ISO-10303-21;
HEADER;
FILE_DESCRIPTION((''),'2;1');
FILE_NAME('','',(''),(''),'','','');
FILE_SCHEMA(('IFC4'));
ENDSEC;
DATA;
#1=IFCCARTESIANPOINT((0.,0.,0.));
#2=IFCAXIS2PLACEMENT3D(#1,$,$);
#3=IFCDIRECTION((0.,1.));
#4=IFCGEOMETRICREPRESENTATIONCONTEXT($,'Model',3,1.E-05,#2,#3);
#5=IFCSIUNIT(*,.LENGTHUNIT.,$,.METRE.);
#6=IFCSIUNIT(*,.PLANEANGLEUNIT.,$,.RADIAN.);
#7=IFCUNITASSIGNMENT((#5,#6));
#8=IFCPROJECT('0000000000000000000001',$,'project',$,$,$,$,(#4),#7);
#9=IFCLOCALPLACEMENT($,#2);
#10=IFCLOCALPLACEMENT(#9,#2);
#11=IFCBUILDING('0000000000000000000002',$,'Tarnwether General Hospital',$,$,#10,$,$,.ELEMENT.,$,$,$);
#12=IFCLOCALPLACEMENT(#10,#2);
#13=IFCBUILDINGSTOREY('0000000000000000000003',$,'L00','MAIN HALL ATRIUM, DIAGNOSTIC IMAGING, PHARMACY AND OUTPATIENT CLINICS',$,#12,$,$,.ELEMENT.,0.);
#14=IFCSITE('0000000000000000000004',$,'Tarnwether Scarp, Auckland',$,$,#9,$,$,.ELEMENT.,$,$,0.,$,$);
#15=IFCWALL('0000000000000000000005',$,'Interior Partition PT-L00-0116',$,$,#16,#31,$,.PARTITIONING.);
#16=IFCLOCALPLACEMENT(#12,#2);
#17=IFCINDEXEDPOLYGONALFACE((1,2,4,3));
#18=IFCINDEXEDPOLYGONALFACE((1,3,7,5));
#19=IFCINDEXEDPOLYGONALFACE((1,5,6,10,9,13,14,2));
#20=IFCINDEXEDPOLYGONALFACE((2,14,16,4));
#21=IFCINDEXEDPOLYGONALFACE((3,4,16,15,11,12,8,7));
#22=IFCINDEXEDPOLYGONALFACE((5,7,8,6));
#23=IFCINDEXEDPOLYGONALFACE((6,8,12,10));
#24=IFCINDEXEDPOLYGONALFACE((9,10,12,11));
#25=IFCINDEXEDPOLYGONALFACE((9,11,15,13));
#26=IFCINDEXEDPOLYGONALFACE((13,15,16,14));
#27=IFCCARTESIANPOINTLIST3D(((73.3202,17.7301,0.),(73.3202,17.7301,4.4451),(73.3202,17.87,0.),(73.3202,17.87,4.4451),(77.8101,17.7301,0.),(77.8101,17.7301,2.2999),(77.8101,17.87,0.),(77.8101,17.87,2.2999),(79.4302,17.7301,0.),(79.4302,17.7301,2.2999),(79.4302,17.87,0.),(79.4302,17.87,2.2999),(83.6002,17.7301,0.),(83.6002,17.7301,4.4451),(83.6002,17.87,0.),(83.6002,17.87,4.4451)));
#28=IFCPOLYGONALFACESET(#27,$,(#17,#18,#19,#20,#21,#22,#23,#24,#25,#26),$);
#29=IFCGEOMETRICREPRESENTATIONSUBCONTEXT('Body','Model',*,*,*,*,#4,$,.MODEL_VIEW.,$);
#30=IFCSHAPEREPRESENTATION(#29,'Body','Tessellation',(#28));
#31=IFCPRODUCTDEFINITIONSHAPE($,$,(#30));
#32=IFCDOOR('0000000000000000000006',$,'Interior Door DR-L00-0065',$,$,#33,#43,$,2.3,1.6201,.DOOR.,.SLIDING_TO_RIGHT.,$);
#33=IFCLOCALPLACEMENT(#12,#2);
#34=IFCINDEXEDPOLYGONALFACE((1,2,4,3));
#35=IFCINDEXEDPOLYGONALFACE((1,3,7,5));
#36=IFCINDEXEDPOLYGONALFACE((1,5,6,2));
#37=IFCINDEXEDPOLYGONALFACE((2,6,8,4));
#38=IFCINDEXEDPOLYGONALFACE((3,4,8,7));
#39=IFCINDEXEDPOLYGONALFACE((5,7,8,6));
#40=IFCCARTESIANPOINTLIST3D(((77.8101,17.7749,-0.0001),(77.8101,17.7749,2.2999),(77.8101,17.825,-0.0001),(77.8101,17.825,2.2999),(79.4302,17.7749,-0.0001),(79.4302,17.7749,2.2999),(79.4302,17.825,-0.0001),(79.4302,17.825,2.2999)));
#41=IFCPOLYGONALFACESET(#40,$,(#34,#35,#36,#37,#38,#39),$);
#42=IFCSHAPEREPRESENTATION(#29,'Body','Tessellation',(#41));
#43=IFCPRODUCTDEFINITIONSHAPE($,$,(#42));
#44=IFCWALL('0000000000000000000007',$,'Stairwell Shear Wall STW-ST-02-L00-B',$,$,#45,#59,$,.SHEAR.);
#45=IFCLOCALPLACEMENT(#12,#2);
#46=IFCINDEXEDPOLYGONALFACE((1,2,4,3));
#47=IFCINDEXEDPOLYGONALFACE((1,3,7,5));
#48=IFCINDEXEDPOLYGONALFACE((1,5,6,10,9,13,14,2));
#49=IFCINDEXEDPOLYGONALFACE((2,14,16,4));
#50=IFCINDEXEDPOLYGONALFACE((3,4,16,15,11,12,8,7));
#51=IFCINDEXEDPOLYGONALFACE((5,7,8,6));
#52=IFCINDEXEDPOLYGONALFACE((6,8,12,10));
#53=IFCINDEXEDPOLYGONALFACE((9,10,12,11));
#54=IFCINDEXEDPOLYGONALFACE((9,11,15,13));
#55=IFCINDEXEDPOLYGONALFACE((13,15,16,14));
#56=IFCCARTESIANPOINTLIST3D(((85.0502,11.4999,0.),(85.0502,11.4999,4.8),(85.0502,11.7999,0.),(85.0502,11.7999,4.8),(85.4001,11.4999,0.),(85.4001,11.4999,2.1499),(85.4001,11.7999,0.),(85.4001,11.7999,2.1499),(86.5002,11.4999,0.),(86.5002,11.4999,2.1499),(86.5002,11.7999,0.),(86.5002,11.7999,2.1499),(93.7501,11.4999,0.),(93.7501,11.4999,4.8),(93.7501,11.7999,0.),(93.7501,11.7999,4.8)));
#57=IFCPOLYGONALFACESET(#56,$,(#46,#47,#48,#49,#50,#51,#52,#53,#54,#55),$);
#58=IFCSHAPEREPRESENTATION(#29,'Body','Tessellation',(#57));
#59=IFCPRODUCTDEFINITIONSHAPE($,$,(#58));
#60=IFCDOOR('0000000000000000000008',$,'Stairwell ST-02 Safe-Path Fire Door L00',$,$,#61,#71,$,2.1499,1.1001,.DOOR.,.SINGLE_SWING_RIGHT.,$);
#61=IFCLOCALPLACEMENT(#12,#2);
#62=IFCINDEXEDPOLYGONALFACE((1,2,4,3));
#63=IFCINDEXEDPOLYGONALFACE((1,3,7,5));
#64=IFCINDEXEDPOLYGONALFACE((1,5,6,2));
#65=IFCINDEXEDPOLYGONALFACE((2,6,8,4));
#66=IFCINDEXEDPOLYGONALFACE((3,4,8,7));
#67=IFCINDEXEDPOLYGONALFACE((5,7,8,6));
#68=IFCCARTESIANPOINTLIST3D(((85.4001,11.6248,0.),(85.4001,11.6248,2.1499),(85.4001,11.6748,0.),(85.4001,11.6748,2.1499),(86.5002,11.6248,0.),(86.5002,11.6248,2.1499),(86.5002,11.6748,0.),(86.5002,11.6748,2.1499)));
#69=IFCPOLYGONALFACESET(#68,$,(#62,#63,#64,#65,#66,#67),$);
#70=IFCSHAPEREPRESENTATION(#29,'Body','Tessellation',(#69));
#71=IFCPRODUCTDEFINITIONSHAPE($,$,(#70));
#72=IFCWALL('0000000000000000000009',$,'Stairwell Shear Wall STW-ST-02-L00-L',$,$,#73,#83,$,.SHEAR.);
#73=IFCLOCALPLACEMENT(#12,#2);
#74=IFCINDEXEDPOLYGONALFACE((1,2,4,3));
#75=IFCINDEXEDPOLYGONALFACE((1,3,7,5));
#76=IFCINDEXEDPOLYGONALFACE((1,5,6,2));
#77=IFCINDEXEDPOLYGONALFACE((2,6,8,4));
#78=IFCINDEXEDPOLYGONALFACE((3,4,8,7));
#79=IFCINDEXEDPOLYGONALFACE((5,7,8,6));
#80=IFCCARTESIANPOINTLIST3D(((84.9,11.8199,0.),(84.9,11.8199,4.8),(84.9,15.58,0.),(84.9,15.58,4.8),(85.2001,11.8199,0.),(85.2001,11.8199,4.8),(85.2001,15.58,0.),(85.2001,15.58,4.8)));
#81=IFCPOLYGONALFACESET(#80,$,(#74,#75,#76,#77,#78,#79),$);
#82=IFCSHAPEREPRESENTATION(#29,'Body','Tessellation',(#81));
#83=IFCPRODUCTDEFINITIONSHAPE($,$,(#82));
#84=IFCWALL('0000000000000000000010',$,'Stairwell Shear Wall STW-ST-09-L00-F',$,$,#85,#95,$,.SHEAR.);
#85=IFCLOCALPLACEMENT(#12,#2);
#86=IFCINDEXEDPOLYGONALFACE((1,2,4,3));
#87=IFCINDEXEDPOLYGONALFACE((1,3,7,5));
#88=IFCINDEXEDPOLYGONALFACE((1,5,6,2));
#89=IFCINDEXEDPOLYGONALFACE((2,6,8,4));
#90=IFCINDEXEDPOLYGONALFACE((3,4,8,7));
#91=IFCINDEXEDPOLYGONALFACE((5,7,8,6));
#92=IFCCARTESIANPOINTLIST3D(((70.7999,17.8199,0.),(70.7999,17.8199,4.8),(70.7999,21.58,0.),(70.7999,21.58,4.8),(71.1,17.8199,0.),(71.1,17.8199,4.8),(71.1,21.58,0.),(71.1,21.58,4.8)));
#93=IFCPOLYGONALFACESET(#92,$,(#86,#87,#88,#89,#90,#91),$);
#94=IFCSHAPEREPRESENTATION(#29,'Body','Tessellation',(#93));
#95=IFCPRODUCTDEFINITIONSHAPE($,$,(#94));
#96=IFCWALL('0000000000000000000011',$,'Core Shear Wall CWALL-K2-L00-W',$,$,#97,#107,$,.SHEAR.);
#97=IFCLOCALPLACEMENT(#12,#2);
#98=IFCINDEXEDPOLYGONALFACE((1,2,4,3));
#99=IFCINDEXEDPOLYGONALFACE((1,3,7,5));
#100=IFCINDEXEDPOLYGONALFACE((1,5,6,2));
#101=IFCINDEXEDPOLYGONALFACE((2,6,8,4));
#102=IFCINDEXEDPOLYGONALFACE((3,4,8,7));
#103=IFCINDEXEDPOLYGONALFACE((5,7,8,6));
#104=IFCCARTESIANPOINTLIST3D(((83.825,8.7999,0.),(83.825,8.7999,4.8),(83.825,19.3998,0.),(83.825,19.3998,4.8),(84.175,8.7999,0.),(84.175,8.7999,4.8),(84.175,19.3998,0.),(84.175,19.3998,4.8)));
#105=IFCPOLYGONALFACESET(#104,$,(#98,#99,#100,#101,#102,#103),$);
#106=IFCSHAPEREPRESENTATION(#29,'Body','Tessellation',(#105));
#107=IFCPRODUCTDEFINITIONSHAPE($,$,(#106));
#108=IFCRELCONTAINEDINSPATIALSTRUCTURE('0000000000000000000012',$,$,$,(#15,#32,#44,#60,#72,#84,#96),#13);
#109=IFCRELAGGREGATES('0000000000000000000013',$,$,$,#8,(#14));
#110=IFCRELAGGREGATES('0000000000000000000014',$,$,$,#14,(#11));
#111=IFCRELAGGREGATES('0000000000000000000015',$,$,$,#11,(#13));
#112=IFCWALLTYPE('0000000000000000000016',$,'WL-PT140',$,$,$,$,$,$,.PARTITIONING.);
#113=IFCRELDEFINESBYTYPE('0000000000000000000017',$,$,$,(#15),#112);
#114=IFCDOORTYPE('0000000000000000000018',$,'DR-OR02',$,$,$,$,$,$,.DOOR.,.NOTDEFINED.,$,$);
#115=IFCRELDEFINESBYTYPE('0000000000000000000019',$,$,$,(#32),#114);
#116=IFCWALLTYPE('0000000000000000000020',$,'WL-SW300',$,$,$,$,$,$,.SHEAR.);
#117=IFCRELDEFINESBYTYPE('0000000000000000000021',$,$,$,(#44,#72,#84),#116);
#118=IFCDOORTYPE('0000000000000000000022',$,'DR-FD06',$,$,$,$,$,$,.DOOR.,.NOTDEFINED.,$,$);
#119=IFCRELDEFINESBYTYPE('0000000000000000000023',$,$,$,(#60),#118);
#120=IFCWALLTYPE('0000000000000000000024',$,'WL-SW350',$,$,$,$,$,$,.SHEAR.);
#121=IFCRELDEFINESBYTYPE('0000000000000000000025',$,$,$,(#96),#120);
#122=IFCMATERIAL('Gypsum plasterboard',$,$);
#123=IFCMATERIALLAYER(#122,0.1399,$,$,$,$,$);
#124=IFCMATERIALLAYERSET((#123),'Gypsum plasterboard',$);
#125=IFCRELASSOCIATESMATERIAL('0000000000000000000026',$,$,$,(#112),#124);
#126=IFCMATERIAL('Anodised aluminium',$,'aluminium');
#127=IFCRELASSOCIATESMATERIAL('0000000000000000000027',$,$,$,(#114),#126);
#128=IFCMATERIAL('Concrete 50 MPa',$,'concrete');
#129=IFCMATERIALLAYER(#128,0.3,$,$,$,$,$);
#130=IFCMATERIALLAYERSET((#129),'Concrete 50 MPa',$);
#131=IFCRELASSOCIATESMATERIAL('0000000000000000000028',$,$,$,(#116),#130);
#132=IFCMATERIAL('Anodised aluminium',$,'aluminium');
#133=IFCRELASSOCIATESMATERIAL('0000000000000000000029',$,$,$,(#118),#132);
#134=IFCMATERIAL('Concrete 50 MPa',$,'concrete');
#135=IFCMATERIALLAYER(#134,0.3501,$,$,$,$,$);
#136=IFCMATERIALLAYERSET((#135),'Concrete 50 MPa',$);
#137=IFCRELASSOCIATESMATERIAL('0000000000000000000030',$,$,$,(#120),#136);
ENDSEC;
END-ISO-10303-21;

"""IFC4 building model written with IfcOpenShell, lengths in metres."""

from ifc_helpers import new_model, si_unit, direction, frame, frame_2d, origin, place, context, subcontext, project, spatial, rectangle, extrude, material, layer, layer_set, type_object, element, fill, save


model = new_model("IFC4")

# Units and contexts
model_context = context("Model", 3, precision=1e-05, world=origin(), true_north=direction((0.0, 1.0)))
body_context = subcontext(model_context, "Body", "Model", "MODEL_VIEW")
ifc_project = project(units=[si_unit("LENGTHUNIT", "METRE"), si_unit("PLANEANGLEUNIT", "RADIAN")], contexts=[model_context])

# Site, building, storey
site_placement = place(None, origin())
site = spatial("IfcSite", under=ifc_project, at=site_placement, Name="Tarnwether Scarp, Auckland", CompositionType="ELEMENT", RefElevation=0.0)
building_placement = place(site_placement, origin())
building = spatial("IfcBuilding", under=site, at=building_placement, Name="Tarnwether General Hospital", CompositionType="ELEMENT")
storey_placement = place(building_placement, origin())
storey = spatial("IfcBuildingStorey", under=building, at=storey_placement, Name="L00", Description="MAIN HALL ATRIUM, DIAGNOSTIC IMAGING, PHARMACY AND OUTPATIENT CLINICS", CompositionType="ELEMENT", Elevation=0.0)

# Shared definitions
ifc_material_1 = material(Name="Gypsum plasterboard")
ifc_layer_1 = layer(ifc_material_1, 0.1399)
ifc_layer_set_1 = layer_set([ifc_layer_1], Name="Gypsum plasterboard")
wall_type_1 = type_object("IfcWallType", Name="WL-PT140", PredefinedType="PARTITIONING", material=ifc_layer_set_1)

# Walls, openings, doors
wall_1_placement = place(storey_placement, frame((73.3201, 17.8, 0.0), z_axis=(0.0, 0.0, 1.0), x_axis=(1.0, 0.0, 0.0)))
wall_1 = element("IfcWall", 1, at=wall_1_placement, inside=storey, type_object=wall_type_1, Name="Interior Partition PT-L00-0116", PredefinedType="PARTITIONING", context=body_context, shape_type="SweptSolid", body=[
    extrude(rectangle(XDim=10.28, YDim=0.1399, at=frame_2d((5.1401, 0.0))), origin(), (0.0, 0.0, 1.0), 4.4451),
])
opening_1_placement = place(wall_1_placement, frame((4.49, 0.0, 0.0)))
opening_1 = element("IfcOpeningElement", 2, at=opening_1_placement, cuts=wall_1, PredefinedType="OPENING", context=body_context, shape_type="SweptSolid", body=[
    extrude(rectangle(XDim=1.6201, YDim=2.3, at=frame_2d((0.8101, 1.1499))), frame((0.0, 0.0801, 0.0), z_axis=(0.0, -1.0, 0.0), x_axis=(1.0, 0.0, 0.0)), (0.0, 0.0, 1.0), 0.1599),
])
ifc_material_2 = material(Name="Anodised aluminium", Category="aluminium")
door_type_1 = type_object("IfcDoorType", Name="DR-OR02", OperationType="NOTDEFINED", PredefinedType="DOOR", material=ifc_material_2)
door_1_placement = place(opening_1_placement, origin())
door_1 = element("IfcDoor", 3, at=door_1_placement, inside=storey, type_object=door_type_1, Name="Interior Door DR-L00-0065", OperationType="SLIDING_TO_RIGHT", OverallHeight=2.3, OverallWidth=1.6201, PredefinedType="DOOR", context=body_context, shape_type="SweptSolid", body=[
    extrude(rectangle(XDim=1.6201, YDim=2.3, at=frame_2d((0.8101, 1.1499))), frame((0.0, 0.0249, 0.0), z_axis=(0.0, -1.0, 0.0), x_axis=(1.0, 0.0, 0.0)), (0.0, 0.0, 1.0), 0.05),
])
fill(opening_1, door_1)
ifc_material_3 = material(Name="Concrete 50 MPa", Category="concrete")
ifc_layer_2 = layer(ifc_material_3, 0.3)
ifc_layer_set_2 = layer_set([ifc_layer_2], Name="Concrete 50 MPa")
wall_type_2 = type_object("IfcWallType", Name="WL-SW300", PredefinedType="SHEAR", material=ifc_layer_set_2)
wall_2_placement = place(storey_placement, frame((85.05, 11.6499, 0.0), z_axis=(0.0, 0.0, 1.0), x_axis=(1.0, 0.0, 0.0)))
wall_2 = element("IfcWall", 4, at=wall_2_placement, inside=storey, type_object=wall_type_2, Name="Stairwell Shear Wall STW-ST-02-L00-B", PredefinedType="SHEAR", context=body_context, shape_type="SweptSolid", body=[
    extrude(rectangle(XDim=8.7, YDim=0.3, at=frame_2d((4.3501, 0.0))), origin(), (0.0, 0.0, 1.0), 4.8),
])
opening_2_placement = place(wall_2_placement, frame((0.3501, 0.0, 0.0)))
opening_2 = element("IfcOpeningElement", 5, at=opening_2_placement, cuts=wall_2, PredefinedType="OPENING", context=body_context, shape_type="SweptSolid", body=[
    extrude(rectangle(XDim=1.1001, YDim=2.1499, at=frame_2d((0.55, 1.075))), frame((0.0, 0.1602, 0.0), z_axis=(0.0, -1.0, 0.0), x_axis=(1.0, 0.0, 0.0)), (0.0, 0.0, 1.0), 0.3201),
])
ifc_material_4 = material(Name="Anodised aluminium", Category="aluminium")
door_type_2 = type_object("IfcDoorType", Name="DR-FD06", OperationType="NOTDEFINED", PredefinedType="DOOR", material=ifc_material_4)
door_2_placement = place(opening_2_placement, origin())
door_2 = element("IfcDoor", 6, at=door_2_placement, inside=storey, type_object=door_type_2, Name="Stairwell ST-02 Safe-Path Fire Door L00", OperationType="SINGLE_SWING_RIGHT", OverallHeight=2.1499, OverallWidth=1.1001, PredefinedType="DOOR", context=body_context, shape_type="SweptSolid", body=[
    extrude(rectangle(XDim=1.1001, YDim=2.1499, at=frame_2d((0.55, 1.075))), frame((0.0, 0.0249, 0.0), z_axis=(0.0, -1.0, 0.0), x_axis=(1.0, 0.0, 0.0)), (0.0, 0.0, 1.0), 0.05),
])
fill(opening_2, door_2)

# Walls
for number, where, z_axis, x_axis, name in (
    (7, (85.05, 11.8201, 0.0), (0.0, 0.0, 1.0), (0.0, 1.0, 0.0), "Stairwell Shear Wall STW-ST-02-L00-L"),
    (8, (70.95, 17.8201, 0.0), (0.0, 0.0, 1.0), (0.0, 1.0, 0.0), "Stairwell Shear Wall STW-ST-09-L00-F"),
):
    element("IfcWall", number, at=place(storey_placement, frame(where, z_axis=z_axis, x_axis=x_axis)), inside=storey, type_object=wall_type_2, Name=name, PredefinedType="SHEAR", context=body_context, shape_type="SweptSolid", body=[
        extrude(rectangle(XDim=3.76, YDim=0.3, at=frame_2d((1.8799, 0.0))), origin(), (0.0, 0.0, 1.0), 4.8),
    ])
ifc_material_5 = material(Name="Concrete 50 MPa", Category="concrete")
ifc_layer_3 = layer(ifc_material_5, 0.3501)
ifc_layer_set_3 = layer_set([ifc_layer_3], Name="Concrete 50 MPa")
wall_type_3 = type_object("IfcWallType", Name="WL-SW350", PredefinedType="SHEAR", material=ifc_layer_set_3)
wall_3_placement = place(storey_placement, frame((84.0, 8.8, 0.0), z_axis=(0.0, 0.0, 1.0), x_axis=(0.0, 1.0, 0.0)))
element("IfcWall", 9, at=wall_3_placement, inside=storey, type_object=wall_type_3, Name="Core Shear Wall CWALL-K2-L00-W", PredefinedType="SHEAR", context=body_context, shape_type="SweptSolid", body=[
    extrude(rectangle(XDim=10.5999, YDim=0.3501, at=frame_2d((5.2998, 0.0))), origin(), (0.0, 0.0, 1.0), 4.8),
])

save(model, "model.ifc")
